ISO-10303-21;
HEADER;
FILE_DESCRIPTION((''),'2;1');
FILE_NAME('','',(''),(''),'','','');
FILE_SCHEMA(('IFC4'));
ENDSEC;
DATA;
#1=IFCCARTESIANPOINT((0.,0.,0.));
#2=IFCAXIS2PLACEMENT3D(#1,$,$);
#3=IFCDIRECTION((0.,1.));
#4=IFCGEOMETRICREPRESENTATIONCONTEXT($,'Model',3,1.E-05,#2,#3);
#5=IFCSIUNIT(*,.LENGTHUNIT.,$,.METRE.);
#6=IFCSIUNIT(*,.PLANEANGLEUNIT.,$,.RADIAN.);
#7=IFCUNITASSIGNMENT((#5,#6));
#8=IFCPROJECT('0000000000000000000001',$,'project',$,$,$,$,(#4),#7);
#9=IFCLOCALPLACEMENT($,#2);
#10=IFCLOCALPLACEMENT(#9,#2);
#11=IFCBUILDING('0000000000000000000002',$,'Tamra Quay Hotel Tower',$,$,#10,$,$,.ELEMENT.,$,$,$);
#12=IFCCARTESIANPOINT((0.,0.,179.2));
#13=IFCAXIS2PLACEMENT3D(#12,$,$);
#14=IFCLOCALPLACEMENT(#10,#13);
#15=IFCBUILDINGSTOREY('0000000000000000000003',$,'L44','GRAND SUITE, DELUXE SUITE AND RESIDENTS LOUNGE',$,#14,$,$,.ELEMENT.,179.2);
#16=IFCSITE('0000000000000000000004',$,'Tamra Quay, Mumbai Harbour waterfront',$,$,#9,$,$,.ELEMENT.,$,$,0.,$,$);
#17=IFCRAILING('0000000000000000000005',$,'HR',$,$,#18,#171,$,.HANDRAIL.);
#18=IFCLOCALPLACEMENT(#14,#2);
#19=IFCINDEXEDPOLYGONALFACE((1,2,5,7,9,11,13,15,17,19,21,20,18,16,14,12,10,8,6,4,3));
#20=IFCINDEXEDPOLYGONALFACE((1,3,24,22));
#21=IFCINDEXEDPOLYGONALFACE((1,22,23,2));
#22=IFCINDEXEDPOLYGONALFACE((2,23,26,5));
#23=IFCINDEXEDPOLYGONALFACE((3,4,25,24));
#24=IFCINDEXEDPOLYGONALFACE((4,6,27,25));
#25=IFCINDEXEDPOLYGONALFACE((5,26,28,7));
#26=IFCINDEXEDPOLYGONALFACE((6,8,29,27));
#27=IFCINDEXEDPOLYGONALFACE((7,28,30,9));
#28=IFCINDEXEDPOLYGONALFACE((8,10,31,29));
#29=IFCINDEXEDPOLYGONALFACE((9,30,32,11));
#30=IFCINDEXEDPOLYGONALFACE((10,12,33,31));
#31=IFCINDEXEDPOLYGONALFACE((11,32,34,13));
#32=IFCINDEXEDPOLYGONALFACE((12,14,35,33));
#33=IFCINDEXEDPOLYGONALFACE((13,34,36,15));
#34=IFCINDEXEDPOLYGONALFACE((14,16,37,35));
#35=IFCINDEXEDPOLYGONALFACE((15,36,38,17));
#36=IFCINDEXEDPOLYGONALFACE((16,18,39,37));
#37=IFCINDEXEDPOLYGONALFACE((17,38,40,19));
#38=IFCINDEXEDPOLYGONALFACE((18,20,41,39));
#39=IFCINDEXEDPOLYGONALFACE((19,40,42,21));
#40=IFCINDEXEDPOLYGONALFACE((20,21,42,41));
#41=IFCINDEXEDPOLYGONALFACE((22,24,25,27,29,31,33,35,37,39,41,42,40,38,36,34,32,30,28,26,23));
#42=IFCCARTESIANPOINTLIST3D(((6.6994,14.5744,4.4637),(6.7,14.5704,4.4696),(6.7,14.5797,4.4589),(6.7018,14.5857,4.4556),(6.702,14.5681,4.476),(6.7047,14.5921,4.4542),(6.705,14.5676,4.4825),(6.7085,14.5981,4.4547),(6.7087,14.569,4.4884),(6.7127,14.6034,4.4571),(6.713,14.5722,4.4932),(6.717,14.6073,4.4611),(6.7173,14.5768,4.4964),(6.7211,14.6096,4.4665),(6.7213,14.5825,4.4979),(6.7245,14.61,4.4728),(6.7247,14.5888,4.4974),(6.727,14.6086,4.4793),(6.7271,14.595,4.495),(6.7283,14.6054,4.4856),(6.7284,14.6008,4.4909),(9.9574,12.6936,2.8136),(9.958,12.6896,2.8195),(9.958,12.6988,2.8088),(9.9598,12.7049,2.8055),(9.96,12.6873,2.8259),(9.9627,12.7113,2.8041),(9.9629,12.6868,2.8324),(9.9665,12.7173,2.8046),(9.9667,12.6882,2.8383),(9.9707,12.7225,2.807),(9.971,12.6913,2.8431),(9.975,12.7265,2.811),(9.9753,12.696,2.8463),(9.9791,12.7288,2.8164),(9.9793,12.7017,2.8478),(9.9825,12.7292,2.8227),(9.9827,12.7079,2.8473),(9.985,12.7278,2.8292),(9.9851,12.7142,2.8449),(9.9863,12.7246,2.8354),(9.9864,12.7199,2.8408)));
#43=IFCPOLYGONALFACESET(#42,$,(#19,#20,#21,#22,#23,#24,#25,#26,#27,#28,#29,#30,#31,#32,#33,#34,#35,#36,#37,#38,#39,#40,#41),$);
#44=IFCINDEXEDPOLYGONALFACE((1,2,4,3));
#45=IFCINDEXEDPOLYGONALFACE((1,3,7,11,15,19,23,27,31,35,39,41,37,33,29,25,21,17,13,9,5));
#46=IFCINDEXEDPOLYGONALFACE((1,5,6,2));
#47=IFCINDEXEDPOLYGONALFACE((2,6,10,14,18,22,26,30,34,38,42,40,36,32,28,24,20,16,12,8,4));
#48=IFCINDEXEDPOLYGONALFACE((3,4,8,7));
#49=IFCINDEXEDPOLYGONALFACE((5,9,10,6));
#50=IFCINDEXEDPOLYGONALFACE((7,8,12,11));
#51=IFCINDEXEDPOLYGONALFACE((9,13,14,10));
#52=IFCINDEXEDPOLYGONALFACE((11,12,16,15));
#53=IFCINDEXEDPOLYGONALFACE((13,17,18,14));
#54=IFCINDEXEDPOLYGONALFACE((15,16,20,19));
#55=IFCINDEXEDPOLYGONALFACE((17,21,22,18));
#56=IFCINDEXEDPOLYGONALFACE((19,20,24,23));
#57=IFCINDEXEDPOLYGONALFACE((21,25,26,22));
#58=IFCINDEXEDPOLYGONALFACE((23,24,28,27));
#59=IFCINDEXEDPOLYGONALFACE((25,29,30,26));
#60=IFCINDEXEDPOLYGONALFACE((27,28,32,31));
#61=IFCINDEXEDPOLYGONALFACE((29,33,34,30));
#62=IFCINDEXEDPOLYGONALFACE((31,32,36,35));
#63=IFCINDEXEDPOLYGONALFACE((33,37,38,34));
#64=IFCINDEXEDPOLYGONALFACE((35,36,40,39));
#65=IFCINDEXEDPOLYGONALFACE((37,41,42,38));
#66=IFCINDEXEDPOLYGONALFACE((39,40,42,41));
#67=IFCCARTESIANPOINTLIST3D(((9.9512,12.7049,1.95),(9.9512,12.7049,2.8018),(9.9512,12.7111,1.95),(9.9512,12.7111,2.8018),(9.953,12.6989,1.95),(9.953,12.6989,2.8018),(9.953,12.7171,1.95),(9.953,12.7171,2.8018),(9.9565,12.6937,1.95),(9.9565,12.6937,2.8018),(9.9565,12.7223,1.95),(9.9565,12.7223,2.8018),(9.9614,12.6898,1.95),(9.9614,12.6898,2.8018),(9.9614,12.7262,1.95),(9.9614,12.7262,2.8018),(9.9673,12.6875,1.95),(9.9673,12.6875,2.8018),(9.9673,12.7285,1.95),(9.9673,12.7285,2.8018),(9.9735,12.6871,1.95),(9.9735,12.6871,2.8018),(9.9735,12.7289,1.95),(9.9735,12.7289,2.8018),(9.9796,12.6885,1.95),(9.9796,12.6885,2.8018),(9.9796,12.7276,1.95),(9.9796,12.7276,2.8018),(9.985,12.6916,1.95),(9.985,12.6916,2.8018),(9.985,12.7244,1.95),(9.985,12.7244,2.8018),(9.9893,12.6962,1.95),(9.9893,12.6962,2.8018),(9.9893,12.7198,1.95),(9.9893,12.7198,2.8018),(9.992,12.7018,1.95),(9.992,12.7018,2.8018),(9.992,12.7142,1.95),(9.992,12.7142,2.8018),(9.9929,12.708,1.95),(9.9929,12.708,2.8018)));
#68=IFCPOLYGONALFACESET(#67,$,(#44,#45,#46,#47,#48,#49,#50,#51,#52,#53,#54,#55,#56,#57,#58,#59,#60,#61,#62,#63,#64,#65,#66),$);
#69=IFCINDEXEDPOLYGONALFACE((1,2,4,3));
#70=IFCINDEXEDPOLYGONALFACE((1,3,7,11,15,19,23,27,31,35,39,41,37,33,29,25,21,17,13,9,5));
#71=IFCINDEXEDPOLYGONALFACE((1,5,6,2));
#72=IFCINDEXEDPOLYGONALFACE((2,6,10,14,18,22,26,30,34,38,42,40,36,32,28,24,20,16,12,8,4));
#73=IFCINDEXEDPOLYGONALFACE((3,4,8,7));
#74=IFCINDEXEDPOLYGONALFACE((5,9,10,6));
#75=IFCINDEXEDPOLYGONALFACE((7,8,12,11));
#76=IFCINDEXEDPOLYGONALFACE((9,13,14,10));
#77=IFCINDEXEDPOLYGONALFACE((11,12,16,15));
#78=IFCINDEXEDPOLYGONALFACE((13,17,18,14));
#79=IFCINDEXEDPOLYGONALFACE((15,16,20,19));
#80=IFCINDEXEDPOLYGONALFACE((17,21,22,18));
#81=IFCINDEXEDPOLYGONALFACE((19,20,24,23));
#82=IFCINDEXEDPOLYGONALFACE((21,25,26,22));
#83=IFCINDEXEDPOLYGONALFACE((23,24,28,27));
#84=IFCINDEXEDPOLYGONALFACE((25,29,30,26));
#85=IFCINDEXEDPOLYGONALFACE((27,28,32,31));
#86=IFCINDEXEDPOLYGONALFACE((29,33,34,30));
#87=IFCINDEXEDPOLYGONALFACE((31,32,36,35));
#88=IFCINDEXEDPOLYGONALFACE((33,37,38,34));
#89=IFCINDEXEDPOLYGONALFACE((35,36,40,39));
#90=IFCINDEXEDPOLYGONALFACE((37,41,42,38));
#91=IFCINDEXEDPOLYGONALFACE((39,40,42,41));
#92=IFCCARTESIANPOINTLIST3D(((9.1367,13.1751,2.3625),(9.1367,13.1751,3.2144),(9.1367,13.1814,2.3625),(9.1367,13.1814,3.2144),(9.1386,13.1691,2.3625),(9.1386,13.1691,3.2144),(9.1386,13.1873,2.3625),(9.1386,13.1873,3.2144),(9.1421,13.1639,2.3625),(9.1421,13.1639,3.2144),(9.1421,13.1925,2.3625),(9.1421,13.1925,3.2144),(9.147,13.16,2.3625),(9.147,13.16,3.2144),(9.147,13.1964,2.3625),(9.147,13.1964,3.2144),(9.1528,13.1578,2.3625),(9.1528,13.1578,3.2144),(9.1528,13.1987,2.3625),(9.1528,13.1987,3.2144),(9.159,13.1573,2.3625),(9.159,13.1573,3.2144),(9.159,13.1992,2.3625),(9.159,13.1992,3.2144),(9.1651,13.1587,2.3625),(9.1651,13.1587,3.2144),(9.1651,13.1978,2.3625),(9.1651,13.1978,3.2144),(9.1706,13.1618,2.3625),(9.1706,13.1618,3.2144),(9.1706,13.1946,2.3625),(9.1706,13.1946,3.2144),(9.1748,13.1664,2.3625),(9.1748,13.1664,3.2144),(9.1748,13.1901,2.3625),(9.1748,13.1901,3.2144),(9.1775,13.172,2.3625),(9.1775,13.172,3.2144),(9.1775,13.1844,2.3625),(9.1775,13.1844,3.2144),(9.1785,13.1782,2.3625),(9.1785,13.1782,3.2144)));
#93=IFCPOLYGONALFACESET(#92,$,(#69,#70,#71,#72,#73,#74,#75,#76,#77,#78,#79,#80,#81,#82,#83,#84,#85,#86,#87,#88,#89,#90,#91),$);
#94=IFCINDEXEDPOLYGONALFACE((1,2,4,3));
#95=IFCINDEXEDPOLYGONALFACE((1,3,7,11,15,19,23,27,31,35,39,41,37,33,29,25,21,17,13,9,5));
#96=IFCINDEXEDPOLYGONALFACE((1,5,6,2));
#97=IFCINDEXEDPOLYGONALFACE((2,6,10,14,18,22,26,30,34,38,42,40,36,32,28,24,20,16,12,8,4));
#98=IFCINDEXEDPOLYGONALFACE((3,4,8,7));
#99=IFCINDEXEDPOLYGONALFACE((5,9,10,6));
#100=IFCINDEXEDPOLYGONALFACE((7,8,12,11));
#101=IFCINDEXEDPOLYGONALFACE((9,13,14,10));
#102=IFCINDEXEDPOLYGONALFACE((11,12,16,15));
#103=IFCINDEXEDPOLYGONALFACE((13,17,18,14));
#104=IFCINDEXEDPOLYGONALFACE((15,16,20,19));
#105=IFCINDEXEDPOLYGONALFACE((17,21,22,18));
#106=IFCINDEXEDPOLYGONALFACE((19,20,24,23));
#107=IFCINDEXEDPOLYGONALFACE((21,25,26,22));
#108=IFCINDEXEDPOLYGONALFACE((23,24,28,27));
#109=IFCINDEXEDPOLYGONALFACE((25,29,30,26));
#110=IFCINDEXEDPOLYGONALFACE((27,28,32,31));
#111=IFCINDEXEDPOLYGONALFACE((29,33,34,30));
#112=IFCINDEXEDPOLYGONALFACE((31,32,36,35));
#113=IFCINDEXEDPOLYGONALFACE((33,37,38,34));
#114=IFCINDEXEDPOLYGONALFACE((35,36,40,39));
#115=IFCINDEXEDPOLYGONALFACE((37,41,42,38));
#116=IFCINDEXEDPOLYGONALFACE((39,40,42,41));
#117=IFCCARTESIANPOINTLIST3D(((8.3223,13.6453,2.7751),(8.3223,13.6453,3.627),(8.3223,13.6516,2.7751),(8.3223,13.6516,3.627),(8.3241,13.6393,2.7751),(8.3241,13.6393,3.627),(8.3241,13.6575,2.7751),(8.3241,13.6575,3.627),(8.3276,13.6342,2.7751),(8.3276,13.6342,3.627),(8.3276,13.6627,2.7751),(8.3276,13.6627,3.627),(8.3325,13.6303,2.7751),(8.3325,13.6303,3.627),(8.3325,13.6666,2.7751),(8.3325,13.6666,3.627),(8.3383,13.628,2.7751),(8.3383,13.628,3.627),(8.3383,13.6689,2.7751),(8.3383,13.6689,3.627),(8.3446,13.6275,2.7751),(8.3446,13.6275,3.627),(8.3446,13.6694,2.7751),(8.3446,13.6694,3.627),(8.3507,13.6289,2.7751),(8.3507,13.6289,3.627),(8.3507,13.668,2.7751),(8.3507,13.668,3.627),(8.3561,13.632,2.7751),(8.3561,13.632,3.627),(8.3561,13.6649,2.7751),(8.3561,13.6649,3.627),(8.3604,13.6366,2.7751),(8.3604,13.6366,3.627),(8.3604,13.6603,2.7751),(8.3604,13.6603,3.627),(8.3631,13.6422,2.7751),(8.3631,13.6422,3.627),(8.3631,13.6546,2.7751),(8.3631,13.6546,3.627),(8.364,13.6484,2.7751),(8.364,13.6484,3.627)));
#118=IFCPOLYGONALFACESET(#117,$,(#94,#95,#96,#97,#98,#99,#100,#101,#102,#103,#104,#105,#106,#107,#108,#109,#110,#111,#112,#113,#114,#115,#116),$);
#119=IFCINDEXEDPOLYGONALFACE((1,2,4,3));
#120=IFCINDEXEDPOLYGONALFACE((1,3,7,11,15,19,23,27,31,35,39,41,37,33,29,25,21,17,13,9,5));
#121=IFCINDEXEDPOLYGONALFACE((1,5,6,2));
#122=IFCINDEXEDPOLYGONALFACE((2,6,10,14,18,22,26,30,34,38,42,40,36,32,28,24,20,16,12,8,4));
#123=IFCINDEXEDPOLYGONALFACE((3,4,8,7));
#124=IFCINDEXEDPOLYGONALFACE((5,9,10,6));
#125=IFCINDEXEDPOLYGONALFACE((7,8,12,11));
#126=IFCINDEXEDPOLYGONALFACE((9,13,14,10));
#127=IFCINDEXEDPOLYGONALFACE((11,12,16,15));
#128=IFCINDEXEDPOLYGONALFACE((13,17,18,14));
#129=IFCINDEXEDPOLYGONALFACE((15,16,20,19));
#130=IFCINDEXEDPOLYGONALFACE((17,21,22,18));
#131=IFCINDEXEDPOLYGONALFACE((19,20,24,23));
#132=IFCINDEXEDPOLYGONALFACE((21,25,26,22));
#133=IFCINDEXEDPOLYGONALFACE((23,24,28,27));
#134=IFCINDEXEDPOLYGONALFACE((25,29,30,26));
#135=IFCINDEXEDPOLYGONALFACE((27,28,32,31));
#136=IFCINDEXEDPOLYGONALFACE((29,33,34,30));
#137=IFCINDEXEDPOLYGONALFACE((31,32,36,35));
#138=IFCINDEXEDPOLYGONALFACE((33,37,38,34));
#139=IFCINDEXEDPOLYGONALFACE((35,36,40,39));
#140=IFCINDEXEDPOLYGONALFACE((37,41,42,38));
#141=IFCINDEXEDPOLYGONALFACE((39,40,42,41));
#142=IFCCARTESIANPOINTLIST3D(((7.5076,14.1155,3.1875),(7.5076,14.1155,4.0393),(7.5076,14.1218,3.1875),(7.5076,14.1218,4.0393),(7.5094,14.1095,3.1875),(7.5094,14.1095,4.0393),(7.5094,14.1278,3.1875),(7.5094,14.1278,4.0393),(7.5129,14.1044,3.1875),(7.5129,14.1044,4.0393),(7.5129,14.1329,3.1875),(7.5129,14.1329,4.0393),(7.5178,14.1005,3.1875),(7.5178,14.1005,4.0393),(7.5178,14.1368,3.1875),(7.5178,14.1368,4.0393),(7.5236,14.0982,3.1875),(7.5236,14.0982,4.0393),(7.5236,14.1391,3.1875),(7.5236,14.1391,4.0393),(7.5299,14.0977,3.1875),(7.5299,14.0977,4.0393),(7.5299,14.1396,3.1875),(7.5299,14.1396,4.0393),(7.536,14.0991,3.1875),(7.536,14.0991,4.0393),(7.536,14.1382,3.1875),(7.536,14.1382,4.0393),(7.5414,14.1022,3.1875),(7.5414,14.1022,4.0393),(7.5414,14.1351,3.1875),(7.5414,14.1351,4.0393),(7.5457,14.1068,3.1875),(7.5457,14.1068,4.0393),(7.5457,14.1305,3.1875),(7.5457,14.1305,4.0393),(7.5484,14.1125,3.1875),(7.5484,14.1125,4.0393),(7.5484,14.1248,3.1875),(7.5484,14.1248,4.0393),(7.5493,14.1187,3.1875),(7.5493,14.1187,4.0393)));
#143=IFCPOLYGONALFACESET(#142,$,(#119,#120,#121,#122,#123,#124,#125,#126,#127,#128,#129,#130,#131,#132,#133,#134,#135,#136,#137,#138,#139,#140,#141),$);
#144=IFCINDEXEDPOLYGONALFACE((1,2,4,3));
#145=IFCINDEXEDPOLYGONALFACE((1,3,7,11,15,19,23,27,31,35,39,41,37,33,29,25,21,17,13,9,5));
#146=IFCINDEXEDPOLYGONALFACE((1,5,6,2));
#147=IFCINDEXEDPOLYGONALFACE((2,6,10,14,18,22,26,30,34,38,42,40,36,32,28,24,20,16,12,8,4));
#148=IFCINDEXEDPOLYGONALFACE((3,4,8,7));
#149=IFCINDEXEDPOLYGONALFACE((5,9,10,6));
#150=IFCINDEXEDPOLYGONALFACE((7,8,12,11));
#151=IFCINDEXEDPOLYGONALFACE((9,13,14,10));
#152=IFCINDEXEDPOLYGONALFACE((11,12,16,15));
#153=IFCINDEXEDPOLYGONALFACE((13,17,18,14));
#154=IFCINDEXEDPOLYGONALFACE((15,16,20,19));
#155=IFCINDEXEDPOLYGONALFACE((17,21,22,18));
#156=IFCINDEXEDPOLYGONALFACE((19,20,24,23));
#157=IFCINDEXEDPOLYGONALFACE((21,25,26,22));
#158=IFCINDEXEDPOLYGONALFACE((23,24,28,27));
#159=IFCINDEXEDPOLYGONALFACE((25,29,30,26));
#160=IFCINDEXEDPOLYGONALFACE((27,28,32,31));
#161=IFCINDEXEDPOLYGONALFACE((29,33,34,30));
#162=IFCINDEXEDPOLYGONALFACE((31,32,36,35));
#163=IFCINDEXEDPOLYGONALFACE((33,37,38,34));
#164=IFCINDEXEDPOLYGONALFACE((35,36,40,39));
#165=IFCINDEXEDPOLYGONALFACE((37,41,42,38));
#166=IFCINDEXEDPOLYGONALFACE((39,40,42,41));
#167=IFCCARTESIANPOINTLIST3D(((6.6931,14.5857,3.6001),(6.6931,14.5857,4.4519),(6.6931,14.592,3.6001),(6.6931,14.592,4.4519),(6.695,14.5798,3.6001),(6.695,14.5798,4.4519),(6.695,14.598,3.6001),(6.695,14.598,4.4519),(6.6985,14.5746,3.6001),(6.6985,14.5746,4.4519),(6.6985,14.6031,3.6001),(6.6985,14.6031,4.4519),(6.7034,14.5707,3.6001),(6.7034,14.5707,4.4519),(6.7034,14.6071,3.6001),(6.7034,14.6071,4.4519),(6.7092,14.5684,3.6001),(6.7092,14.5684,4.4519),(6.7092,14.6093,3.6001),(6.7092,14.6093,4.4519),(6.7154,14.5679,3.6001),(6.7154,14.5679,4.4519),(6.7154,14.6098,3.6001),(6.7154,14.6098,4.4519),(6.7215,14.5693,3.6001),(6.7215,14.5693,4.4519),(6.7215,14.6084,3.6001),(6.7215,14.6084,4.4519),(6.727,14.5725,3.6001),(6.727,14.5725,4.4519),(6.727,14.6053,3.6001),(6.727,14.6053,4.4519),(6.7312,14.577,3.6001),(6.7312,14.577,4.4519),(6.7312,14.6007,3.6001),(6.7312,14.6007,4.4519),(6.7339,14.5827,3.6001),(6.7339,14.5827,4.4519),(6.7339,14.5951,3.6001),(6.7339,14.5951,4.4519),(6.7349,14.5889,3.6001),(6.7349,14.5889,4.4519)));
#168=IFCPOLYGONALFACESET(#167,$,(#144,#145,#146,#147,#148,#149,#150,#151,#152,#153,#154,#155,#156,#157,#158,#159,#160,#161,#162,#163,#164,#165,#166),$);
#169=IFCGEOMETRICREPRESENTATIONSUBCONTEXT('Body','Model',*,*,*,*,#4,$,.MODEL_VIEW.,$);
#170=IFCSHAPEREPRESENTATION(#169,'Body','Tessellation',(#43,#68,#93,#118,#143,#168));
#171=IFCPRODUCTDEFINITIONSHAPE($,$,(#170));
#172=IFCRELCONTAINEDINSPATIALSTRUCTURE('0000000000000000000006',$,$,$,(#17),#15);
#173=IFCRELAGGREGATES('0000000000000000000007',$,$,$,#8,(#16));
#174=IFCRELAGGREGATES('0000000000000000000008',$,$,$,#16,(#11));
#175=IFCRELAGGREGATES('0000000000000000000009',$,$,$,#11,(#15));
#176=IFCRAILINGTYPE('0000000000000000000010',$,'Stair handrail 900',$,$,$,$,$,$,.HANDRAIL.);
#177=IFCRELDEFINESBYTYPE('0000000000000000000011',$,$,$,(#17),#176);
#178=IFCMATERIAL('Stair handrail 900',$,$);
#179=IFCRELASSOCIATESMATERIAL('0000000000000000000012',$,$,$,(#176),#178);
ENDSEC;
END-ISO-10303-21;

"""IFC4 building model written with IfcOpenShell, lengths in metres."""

from ifc_helpers import new_model, si_unit, direction, frame, origin, origin_2d, place, context, subcontext, project, spatial, circle, extrude, material, type_object, element, save


model = new_model("IFC4")

# Units and contexts
model_context = context("Model", 3, precision=1e-05, world=origin(), true_north=direction((0.0, 1.0)))
body_context = subcontext(model_context, "Body", "Model", "MODEL_VIEW")
ifc_project = project(units=[si_unit("LENGTHUNIT", "METRE"), si_unit("PLANEANGLEUNIT", "RADIAN")], contexts=[model_context])

# Site, building, storey
site_placement = place(None, origin())
site = spatial("IfcSite", under=ifc_project, at=site_placement, Name="Tamra Quay, Mumbai Harbour waterfront", CompositionType="ELEMENT", RefElevation=0.0)
building_placement = place(site_placement, origin())
building = spatial("IfcBuilding", under=site, at=building_placement, Name="Tamra Quay Hotel Tower", CompositionType="ELEMENT")
storey_placement = place(building_placement, frame((0.0, 0.0, 179.2)))
storey = spatial("IfcBuildingStorey", under=building, at=storey_placement, Name="L44", Description="GRAND SUITE, DELUXE SUITE AND RESIDENTS LOUNGE", CompositionType="ELEMENT", Elevation=179.2)

# Railing
ifc_material_1 = material(Name="Stair handrail 900")
railing_type_1 = type_object("IfcRailingType", Name="Stair handrail 900", PredefinedType="HANDRAIL", material=ifc_material_1)
railing_1_placement = place(storey_placement, frame((9.9719, 12.708, 1.95)))
element("IfcRailing", 1, at=railing_1_placement, inside=storey, type_object=railing_type_1, Name="HR", PredefinedType="HANDRAIL", context=body_context, shape_type="SweptSolid", body=[
    extrude(circle(Radius=0.0239, at=origin_2d()), frame((0.0, 0.0, 0.876), z_axis=(-0.793103, 0.457854, 0.401692), x_axis=(-0.499964, -0.866046, 0.0)), (0.0, 0.0, 1.0), 4.1079),
    extrude(circle(Radius=0.021, at=origin_2d()), origin(), (0.0, 0.0, 1.0), 0.8518),
    extrude(circle(Radius=0.021, at=origin_2d()), frame((-0.8145, 0.4702, 0.4126)), (0.0, 0.0, 1.0), 0.8518),
    extrude(circle(Radius=0.021, at=origin_2d()), frame((-1.6289, 0.9404, 0.8252)), (0.0, 0.0, 1.0), 0.8518),
    extrude(circle(Radius=0.021, at=origin_2d()), frame((-2.4436, 1.4106, 1.2375)), (0.0, 0.0, 1.0), 0.8518),
    extrude(circle(Radius=0.021, at=origin_2d()), frame((-3.2581, 1.8809, 1.6501)), (0.0, 0.0, 1.0), 0.8518),
])

save(model, "model.ifc")
